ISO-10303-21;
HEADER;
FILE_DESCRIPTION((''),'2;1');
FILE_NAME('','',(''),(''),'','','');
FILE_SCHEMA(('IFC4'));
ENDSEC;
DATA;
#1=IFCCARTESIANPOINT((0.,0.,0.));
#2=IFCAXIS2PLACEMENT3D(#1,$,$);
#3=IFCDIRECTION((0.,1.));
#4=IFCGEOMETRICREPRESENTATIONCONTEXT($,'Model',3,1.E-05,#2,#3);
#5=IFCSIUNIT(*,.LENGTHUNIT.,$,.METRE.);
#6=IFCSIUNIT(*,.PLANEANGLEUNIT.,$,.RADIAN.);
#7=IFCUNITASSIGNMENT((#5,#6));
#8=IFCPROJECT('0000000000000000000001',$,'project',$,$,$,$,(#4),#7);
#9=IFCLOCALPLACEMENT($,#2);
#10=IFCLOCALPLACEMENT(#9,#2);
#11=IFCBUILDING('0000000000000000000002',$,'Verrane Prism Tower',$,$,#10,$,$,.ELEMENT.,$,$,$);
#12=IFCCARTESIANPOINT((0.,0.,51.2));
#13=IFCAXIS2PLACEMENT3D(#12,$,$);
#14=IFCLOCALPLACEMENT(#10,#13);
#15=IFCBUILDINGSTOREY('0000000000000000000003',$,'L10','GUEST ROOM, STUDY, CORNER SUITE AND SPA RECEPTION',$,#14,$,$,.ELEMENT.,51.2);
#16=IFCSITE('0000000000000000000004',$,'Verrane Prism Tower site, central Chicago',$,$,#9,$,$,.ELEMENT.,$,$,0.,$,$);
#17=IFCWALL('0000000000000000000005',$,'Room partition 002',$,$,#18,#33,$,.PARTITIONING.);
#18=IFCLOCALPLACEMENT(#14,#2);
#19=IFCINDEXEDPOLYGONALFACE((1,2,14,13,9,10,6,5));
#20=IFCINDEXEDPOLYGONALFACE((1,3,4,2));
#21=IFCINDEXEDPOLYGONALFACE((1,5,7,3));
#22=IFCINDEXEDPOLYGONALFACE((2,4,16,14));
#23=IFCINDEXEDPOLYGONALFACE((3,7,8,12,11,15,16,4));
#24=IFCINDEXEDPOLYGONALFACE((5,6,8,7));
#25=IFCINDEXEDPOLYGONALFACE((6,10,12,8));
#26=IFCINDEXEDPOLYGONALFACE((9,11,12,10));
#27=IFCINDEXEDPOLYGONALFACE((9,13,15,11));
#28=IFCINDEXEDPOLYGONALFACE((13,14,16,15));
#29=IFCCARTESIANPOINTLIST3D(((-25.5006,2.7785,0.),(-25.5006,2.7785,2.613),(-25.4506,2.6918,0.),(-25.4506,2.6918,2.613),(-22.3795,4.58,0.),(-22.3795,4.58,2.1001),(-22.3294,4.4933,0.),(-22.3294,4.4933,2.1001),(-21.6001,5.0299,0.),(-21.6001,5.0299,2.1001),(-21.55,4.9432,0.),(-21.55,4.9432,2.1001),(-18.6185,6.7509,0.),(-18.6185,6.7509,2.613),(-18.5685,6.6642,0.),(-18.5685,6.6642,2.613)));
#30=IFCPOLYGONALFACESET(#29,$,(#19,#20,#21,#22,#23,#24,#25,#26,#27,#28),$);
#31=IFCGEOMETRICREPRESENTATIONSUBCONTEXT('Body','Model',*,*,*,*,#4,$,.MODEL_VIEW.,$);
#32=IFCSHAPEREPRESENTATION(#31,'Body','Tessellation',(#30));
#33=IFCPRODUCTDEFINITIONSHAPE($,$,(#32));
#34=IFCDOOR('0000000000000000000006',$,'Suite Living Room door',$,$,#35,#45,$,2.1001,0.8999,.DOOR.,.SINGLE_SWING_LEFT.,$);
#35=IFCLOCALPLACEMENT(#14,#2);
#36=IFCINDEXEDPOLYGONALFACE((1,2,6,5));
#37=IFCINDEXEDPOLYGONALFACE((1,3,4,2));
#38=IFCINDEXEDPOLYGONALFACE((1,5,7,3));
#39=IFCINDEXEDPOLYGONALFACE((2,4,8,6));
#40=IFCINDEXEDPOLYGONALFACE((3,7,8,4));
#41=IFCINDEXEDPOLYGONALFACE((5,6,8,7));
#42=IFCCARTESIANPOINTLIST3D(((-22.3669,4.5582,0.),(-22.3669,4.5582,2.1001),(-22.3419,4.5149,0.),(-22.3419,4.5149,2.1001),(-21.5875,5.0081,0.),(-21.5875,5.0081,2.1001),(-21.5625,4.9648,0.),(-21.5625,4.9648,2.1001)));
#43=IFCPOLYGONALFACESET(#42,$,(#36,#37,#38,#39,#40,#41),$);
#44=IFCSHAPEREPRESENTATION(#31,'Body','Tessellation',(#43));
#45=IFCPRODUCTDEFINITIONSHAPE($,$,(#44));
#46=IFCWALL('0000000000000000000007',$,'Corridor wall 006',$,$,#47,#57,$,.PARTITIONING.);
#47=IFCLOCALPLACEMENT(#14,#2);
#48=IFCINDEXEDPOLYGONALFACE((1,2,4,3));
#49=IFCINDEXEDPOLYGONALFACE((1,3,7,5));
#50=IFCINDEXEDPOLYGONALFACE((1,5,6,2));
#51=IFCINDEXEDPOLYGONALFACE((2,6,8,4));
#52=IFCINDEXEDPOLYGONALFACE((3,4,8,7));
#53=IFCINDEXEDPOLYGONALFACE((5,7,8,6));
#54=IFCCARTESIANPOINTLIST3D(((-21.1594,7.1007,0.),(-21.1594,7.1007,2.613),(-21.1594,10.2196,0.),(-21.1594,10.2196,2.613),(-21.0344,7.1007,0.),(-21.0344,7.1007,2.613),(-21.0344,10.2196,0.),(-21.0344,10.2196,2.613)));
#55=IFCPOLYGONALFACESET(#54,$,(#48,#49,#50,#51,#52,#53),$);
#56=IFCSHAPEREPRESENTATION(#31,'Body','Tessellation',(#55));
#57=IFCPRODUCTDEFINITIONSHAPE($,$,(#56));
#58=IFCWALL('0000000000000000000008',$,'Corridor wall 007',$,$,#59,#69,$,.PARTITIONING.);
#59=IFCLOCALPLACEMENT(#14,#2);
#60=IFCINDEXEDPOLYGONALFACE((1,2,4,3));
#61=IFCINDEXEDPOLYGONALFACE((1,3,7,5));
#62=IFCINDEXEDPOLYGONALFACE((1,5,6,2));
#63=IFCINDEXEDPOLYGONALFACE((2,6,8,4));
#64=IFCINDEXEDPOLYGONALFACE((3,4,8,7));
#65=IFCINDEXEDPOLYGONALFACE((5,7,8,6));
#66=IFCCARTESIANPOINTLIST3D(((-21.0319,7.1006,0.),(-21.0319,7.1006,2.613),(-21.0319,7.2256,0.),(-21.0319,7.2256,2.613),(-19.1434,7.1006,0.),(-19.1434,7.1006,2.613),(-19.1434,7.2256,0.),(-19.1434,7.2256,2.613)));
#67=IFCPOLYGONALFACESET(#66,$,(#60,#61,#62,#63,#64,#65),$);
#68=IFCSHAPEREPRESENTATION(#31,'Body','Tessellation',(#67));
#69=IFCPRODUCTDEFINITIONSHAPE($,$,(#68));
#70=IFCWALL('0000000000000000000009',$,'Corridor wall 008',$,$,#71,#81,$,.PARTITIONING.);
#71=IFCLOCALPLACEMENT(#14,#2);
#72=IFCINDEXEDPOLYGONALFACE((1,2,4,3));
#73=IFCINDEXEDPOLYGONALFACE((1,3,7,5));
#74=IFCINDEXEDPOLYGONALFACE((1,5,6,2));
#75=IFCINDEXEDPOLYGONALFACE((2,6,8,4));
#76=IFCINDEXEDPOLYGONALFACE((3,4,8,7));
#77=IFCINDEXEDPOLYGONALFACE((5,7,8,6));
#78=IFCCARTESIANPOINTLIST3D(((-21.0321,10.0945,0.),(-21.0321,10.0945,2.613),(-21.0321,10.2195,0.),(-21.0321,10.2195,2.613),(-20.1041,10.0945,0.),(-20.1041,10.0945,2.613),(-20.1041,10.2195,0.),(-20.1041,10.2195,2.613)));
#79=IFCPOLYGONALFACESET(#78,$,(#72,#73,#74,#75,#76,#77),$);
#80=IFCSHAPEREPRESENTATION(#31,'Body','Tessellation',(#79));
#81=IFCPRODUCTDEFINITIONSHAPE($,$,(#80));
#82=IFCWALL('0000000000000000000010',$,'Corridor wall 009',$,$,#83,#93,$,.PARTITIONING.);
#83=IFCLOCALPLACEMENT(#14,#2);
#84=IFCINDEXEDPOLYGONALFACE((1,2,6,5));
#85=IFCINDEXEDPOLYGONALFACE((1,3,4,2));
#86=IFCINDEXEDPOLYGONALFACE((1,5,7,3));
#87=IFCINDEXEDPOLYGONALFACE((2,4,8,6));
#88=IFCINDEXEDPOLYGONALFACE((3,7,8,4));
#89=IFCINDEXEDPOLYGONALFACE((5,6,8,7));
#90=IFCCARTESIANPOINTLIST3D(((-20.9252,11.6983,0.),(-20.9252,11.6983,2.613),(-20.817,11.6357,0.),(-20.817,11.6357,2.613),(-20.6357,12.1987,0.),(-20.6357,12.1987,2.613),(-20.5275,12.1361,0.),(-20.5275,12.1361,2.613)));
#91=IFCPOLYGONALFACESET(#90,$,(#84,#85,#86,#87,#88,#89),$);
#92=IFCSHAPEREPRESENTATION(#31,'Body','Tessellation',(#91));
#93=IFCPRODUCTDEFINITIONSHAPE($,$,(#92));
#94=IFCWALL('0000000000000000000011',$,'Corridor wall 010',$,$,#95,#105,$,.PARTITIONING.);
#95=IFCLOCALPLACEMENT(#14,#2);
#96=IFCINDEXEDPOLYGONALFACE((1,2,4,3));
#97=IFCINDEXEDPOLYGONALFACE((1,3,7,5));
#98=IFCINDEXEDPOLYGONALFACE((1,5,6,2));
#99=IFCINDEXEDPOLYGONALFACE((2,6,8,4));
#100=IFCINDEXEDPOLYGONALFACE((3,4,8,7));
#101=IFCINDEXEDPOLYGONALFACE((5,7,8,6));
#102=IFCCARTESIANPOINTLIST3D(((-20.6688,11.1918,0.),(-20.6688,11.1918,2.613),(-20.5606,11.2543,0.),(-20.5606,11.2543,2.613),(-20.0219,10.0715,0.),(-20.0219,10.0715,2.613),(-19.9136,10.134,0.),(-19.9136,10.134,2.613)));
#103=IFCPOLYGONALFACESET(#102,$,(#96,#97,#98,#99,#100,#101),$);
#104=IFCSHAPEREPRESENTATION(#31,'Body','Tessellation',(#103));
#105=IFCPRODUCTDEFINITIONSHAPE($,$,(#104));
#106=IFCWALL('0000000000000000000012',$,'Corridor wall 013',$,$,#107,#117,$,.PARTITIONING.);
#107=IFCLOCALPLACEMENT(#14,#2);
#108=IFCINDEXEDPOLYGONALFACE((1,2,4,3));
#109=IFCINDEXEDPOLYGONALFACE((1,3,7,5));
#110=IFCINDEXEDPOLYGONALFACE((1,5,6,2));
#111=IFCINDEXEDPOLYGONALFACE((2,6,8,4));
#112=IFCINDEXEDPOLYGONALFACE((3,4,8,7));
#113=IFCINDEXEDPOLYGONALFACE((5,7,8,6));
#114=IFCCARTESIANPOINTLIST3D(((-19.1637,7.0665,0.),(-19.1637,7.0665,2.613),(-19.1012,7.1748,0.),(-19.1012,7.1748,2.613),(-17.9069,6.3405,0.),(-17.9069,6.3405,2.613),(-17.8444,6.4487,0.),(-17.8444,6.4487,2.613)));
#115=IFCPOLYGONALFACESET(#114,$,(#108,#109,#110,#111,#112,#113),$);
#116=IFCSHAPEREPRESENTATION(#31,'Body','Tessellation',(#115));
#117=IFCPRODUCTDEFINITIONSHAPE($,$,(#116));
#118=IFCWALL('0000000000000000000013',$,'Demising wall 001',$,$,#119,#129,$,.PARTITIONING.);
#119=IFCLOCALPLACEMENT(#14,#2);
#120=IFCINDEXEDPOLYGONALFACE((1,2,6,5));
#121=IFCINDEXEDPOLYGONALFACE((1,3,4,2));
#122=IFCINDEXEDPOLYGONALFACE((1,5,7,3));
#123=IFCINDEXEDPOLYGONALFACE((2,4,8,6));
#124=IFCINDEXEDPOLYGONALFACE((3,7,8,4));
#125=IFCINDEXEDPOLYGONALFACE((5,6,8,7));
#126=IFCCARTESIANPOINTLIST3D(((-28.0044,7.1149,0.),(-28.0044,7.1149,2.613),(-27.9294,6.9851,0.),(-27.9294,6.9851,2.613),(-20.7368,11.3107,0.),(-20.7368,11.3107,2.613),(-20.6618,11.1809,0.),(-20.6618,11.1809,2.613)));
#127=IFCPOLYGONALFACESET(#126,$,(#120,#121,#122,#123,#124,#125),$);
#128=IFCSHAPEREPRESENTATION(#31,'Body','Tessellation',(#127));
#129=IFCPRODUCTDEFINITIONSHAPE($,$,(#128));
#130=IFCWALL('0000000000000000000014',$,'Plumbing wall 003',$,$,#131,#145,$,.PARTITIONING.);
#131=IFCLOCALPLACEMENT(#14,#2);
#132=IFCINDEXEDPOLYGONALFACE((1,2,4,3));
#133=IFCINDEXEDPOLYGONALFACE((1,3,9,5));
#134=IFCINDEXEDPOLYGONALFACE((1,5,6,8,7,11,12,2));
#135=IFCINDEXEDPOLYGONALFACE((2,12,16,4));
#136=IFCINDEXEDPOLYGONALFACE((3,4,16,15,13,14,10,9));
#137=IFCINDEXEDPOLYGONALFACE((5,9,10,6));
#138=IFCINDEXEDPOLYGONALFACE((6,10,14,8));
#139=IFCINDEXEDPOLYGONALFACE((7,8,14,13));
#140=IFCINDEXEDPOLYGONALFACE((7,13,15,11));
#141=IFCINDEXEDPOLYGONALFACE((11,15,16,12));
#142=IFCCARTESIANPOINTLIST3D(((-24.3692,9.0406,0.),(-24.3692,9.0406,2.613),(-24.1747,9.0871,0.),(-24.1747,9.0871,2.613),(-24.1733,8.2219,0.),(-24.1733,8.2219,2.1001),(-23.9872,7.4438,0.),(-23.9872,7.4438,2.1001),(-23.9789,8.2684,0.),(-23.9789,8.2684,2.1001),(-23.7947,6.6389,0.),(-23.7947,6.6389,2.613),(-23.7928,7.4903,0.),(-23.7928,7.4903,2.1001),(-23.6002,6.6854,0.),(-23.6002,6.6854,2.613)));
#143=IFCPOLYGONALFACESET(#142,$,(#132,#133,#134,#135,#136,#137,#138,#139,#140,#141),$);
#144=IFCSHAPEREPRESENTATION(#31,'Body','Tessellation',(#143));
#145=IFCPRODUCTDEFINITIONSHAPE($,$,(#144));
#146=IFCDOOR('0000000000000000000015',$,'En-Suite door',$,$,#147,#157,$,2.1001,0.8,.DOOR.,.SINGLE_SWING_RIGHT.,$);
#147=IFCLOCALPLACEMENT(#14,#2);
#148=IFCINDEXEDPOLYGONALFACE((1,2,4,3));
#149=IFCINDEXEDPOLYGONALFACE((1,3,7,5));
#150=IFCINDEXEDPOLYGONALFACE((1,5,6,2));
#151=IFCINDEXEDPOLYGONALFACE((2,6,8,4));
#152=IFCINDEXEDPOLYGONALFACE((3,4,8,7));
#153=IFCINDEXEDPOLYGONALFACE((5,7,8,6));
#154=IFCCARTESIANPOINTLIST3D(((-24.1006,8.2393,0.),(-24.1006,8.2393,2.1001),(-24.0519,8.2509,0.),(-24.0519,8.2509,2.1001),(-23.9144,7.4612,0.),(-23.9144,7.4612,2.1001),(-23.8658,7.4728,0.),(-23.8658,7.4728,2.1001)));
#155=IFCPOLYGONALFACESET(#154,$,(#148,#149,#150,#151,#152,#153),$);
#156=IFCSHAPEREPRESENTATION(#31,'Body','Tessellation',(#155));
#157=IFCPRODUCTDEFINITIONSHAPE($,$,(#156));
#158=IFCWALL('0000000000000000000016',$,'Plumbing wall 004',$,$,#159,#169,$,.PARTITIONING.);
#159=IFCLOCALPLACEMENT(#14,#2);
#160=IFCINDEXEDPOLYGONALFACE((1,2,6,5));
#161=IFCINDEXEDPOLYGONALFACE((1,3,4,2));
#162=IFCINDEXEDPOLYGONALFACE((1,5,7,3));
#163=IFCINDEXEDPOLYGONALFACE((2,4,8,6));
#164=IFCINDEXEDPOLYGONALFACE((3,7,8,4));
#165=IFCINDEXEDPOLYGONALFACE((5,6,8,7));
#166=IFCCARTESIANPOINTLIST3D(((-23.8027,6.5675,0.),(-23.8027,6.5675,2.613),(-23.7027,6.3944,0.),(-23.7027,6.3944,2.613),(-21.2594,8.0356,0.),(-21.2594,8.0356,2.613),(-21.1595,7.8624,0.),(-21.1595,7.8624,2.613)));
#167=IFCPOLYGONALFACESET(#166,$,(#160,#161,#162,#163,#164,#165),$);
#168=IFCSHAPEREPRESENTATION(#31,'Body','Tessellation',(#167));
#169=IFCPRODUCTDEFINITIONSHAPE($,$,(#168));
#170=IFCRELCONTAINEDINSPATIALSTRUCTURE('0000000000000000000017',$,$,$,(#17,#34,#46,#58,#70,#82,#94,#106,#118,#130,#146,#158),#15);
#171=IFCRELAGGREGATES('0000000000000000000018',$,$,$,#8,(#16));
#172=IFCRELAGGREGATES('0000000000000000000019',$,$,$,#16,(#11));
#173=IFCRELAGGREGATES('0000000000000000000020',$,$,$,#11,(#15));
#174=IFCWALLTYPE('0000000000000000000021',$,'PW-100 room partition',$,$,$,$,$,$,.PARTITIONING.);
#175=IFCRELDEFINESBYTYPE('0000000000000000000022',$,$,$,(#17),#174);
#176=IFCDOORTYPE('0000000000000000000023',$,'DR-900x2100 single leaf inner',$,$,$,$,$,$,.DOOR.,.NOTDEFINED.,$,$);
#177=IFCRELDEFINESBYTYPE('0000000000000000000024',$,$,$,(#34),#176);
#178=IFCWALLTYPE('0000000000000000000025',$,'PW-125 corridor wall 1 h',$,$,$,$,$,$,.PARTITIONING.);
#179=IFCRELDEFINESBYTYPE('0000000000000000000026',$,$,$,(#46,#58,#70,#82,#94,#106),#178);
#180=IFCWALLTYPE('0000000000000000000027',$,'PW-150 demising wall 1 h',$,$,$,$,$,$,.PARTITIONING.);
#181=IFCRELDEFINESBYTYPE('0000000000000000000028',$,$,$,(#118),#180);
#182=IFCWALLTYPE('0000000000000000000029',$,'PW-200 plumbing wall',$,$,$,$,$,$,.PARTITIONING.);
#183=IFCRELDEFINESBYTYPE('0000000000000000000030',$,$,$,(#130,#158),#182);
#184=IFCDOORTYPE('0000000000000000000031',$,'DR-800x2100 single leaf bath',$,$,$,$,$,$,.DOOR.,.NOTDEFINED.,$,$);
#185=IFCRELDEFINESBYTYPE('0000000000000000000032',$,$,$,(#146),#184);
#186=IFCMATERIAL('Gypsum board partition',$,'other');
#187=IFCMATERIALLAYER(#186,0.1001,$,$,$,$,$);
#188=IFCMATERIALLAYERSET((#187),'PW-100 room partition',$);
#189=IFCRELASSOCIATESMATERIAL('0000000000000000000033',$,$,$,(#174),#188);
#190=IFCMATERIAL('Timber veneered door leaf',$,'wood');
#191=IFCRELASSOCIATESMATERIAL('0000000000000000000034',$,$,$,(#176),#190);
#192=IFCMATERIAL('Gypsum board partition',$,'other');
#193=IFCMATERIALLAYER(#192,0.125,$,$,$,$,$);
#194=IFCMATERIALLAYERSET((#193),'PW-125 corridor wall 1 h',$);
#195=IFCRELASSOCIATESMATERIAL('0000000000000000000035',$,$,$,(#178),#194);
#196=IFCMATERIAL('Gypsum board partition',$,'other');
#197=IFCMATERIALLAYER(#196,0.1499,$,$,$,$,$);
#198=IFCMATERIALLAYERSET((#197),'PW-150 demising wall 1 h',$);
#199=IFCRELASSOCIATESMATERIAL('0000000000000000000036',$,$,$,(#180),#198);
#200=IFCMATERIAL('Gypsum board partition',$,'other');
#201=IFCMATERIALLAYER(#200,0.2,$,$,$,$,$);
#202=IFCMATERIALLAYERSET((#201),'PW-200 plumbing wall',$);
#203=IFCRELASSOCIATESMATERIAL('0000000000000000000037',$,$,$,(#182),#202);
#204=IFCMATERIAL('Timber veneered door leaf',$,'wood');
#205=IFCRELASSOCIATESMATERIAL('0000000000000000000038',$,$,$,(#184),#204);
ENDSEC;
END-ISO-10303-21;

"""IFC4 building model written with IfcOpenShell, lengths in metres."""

from ifc_helpers import new_model, si_unit, direction, frame, frame_2d, origin, place, context, subcontext, project, spatial, rectangle, extrude, material, layer, layer_set, type_object, element, fill, save


model = new_model("IFC4")

# Units and contexts
model_context = context("Model", 3, precision=1e-05, world=origin(), true_north=direction((0.0, 1.0)))
body_context = subcontext(model_context, "Body", "Model", "MODEL_VIEW")
ifc_project = project(units=[si_unit("LENGTHUNIT", "METRE"), si_unit("PLANEANGLEUNIT", "RADIAN")], contexts=[model_context])

# Site, building, storey
site_placement = place(None, origin())
site = spatial("IfcSite", under=ifc_project, at=site_placement, Name="Verrane Prism Tower site, central Chicago", CompositionType="ELEMENT", RefElevation=0.0)
building_placement = place(site_placement, origin())
building = spatial("IfcBuilding", under=site, at=building_placement, Name="Verrane Prism Tower", CompositionType="ELEMENT")
storey_placement = place(building_placement, frame((0.0, 0.0, 51.2)))
storey = spatial("IfcBuildingStorey", under=building, at=storey_placement, Name="L10", Description="GUEST ROOM, STUDY, CORNER SUITE AND SPA RECEPTION", CompositionType="ELEMENT", Elevation=51.2)

# Wall, opening, door
ifc_material_1 = material(Name="Gypsum board partition", Category="other")
ifc_layer_1 = layer(ifc_material_1, 0.1001)
ifc_layer_set_1 = layer_set([ifc_layer_1], Name="PW-100 room partition")
wall_type_1 = type_object("IfcWallType", Name="PW-100 room partition", PredefinedType="PARTITIONING", material=ifc_layer_set_1)
wall_1_placement = place(storey_placement, frame((-25.4756, 2.7351, 0.0), z_axis=(0.0, 0.0, 1.0), x_axis=(0.866078, 0.49991, 0.0)))
wall_1 = element("IfcWall", 1, at=wall_1_placement, inside=storey, type_object=wall_type_1, Name="Room partition 002", PredefinedType="PARTITIONING", context=body_context, shape_type="SweptSolid", body=[
    extrude(rectangle(XDim=7.9463, YDim=0.1001, at=frame_2d((3.9731, 0.0))), origin(), (0.0, 0.0, 1.0), 2.613),
])
opening_1_placement = place(wall_1_placement, frame((3.6038, 0.0, 0.0)))
opening_1 = element("IfcOpeningElement", 2, at=opening_1_placement, cuts=wall_1, PredefinedType="OPENING", context=body_context, shape_type="SweptSolid", body=[
    extrude(rectangle(XDim=0.8999, YDim=2.1001, at=frame_2d((0.45, 1.05))), frame((0.0, 0.0601, 0.0), z_axis=(0.0, -1.0, 0.0), x_axis=(1.0, 0.0, 0.0)), (0.0, 0.0, 1.0), 0.1201),
])
ifc_material_2 = material(Name="Timber veneered door leaf", Category="wood")
door_type_1 = type_object("IfcDoorType", Name="DR-900x2100 single leaf inner", OperationType="NOTDEFINED", PredefinedType="DOOR", material=ifc_material_2)
door_1_placement = place(opening_1_placement, origin())
door_1 = element("IfcDoor", 3, at=door_1_placement, inside=storey, type_object=door_type_1, Name="Suite Living Room door", OperationType="SINGLE_SWING_LEFT", OverallHeight=2.1001, OverallWidth=0.8999, PredefinedType="DOOR", context=body_context, shape_type="SweptSolid", body=[
    extrude(rectangle(XDim=0.8999, YDim=2.1001, at=frame_2d((0.45, 1.05))), frame((0.0, 0.0249, 0.0), z_axis=(0.0, -1.0, 0.0), x_axis=(1.0, 0.0, 0.0)), (0.0, 0.0, 1.0), 0.05),
])
fill(opening_1, door_1)

# Walls
ifc_material_3 = material(Name="Gypsum board partition", Category="other")
ifc_layer_2 = layer(ifc_material_3, 0.125)
ifc_layer_set_2 = layer_set([ifc_layer_2], Name="PW-125 corridor wall 1 h")
wall_type_2 = type_object("IfcWallType", Name="PW-125 corridor wall 1 h", PredefinedType="PARTITIONING", material=ifc_layer_set_2)
wall_2_placement = place(storey_placement, frame((-21.0969, 7.1006, 0.0), z_axis=(0.0, 0.0, 1.0), x_axis=(0.0, 1.0, 0.0)))
element("IfcWall", 4, at=wall_2_placement, inside=storey, type_object=wall_type_2, Name="Corridor wall 006", PredefinedType="PARTITIONING", context=body_context, shape_type="SweptSolid", body=[
    extrude(rectangle(XDim=3.1189, YDim=0.125, at=frame_2d((1.5596, 0.0))), origin(), (0.0, 0.0, 1.0), 2.613),
])
wall_3_placement = place(storey_placement, frame((-21.032, 7.1631, 0.0), z_axis=(0.0, 0.0, 1.0), x_axis=(1.0, 0.0, 0.0)))
element("IfcWall", 5, at=wall_3_placement, inside=storey, type_object=wall_type_2, Name="Corridor wall 007", PredefinedType="PARTITIONING", context=body_context, shape_type="SweptSolid", body=[
    extrude(rectangle(XDim=1.8884, YDim=0.125, at=frame_2d((0.9443, 0.0))), origin(), (0.0, 0.0, 1.0), 2.613),
])
wall_4_placement = place(storey_placement, frame((-21.032, 10.157, 0.0), z_axis=(0.0, 0.0, 1.0), x_axis=(1.0, 0.0, 0.0)))
element("IfcWall", 6, at=wall_4_placement, inside=storey, type_object=wall_type_2, Name="Corridor wall 008", PredefinedType="PARTITIONING", context=body_context, shape_type="SweptSolid", body=[
    extrude(rectangle(XDim=0.928, YDim=0.125, at=frame_2d((0.4639, 0.0))), origin(), (0.0, 0.0, 1.0), 2.613),
])
wall_5_placement = place(storey_placement, frame((-20.8711, 11.667, 0.0), z_axis=(0.0, 0.0, 1.0), x_axis=(0.50077, 0.86558, 0.0)))
element("IfcWall", 7, at=wall_5_placement, inside=storey, type_object=wall_type_2, Name="Corridor wall 009", PredefinedType="PARTITIONING", context=body_context, shape_type="SweptSolid", body=[
    extrude(rectangle(XDim=0.5781, YDim=0.125, at=frame_2d((0.2891, 0.0))), origin(), (0.0, 0.0, 1.0), 2.613),
])
wall_6_placement = place(storey_placement, frame((-20.6147, 11.2231, 0.0), z_axis=(0.0, 0.0, 1.0), x_axis=(0.500076, -0.865981, 0.0)))
element("IfcWall", 8, at=wall_6_placement, inside=storey, type_object=wall_type_2, Name="Corridor wall 010", PredefinedType="PARTITIONING", context=body_context, shape_type="SweptSolid", body=[
    extrude(rectangle(XDim=1.2937, YDim=0.125, at=frame_2d((0.647, 0.0))), origin(), (0.0, 0.0, 1.0), 2.613),
])
wall_7_placement = place(storey_placement, frame((-19.1323, 7.1206, 0.0), z_axis=(0.0, 0.0, 1.0), x_axis=(0.865894, -0.500227, 0.0)))
element("IfcWall", 9, at=wall_7_placement, inside=storey, type_object=wall_type_2, Name="Corridor wall 013", PredefinedType="PARTITIONING", context=body_context, shape_type="SweptSolid", body=[
    extrude(rectangle(XDim=1.4514, YDim=0.125, at=frame_2d((0.7256, 0.0))), origin(), (0.0, 0.0, 1.0), 2.613),
])
ifc_material_4 = material(Name="Gypsum board partition", Category="other")
ifc_layer_3 = layer(ifc_material_4, 0.1499)
ifc_layer_set_3 = layer_set([ifc_layer_3], Name="PW-150 demising wall 1 h")
wall_type_3 = type_object("IfcWallType", Name="PW-150 demising wall 1 h", PredefinedType="PARTITIONING", material=ifc_layer_set_3)
wall_8_placement = place(storey_placement, frame((-27.9668, 7.05, 0.0), z_axis=(0.0, 0.0, 1.0), x_axis=(0.866032, 0.499988, 0.0)))
element("IfcWall", 10, at=wall_8_placement, inside=storey, type_object=wall_type_3, Name="Demising wall 001", PredefinedType="PARTITIONING", context=body_context, shape_type="SweptSolid", body=[
    extrude(rectangle(XDim=8.3918, YDim=0.1499, at=frame_2d((4.1958, 0.0))), origin(), (0.0, 0.0, 1.0), 2.613),
])

# Wall, opening, door
ifc_material_5 = material(Name="Gypsum board partition", Category="other")
ifc_layer_4 = layer(ifc_material_5, 0.2)
ifc_layer_set_4 = layer_set([ifc_layer_4], Name="PW-200 plumbing wall")
wall_type_4 = type_object("IfcWallType", Name="PW-200 plumbing wall", PredefinedType="PARTITIONING", material=ifc_layer_set_4)
wall_9_placement = place(storey_placement, frame((-24.272, 9.064, 0.0), z_axis=(0.0, 0.0, 1.0), x_axis=(0.232636, -0.972564, 0.0)))
wall_9 = element("IfcWall", 11, at=wall_9_placement, inside=storey, type_object=wall_type_4, Name="Plumbing wall 003", PredefinedType="PARTITIONING", context=body_context, shape_type="SweptSolid", body=[
    extrude(rectangle(XDim=2.4695, YDim=0.2, at=frame_2d((1.2349, 0.0))), origin(), (0.0, 0.0, 1.0), 2.613),
])
opening_2_placement = place(wall_9_placement, frame((0.842, 0.0, 0.0)))
opening_2 = element("IfcOpeningElement", 12, at=opening_2_placement, cuts=wall_9, PredefinedType="OPENING", context=body_context, shape_type="SweptSolid", body=[
    extrude(rectangle(XDim=0.8, YDim=2.1001, at=frame_2d((0.3999, 1.05))), frame((0.0, 0.1099, 0.0), z_axis=(0.0, -1.0, 0.0), x_axis=(1.0, 0.0, 0.0)), (0.0, 0.0, 1.0), 0.22),
])
ifc_material_6 = material(Name="Timber veneered door leaf", Category="wood")
door_type_2 = type_object("IfcDoorType", Name="DR-800x2100 single leaf bath", OperationType="NOTDEFINED", PredefinedType="DOOR", material=ifc_material_6)
door_2_placement = place(opening_2_placement, origin())
door_2 = element("IfcDoor", 13, at=door_2_placement, inside=storey, type_object=door_type_2, Name="En-Suite door", OperationType="SINGLE_SWING_RIGHT", OverallHeight=2.1001, OverallWidth=0.8, PredefinedType="DOOR", context=body_context, shape_type="SweptSolid", body=[
    extrude(rectangle(XDim=0.8, YDim=2.1001, at=frame_2d((0.3999, 1.05))), frame((0.0, 0.0249, 0.0), z_axis=(0.0, -1.0, 0.0), x_axis=(1.0, 0.0, 0.0)), (0.0, 0.0, 1.0), 0.05),
])
fill(opening_2, door_2)

# Wall
wall_10_placement = place(storey_placement, frame((-23.7527, 6.481, 0.0), z_axis=(0.0, 0.0, 1.0), x_axis=(0.866071, 0.499922, 0.0)))
element("IfcWall", 14, at=wall_10_placement, inside=storey, type_object=wall_type_4, Name="Plumbing wall 004", PredefinedType="PARTITIONING", context=body_context, shape_type="SweptSolid", body=[
    extrude(rectangle(XDim=2.9365, YDim=0.2, at=frame_2d((1.4683, 0.0))), origin(), (0.0, 0.0, 1.0), 2.613),
])

save(model, "model.ifc")
